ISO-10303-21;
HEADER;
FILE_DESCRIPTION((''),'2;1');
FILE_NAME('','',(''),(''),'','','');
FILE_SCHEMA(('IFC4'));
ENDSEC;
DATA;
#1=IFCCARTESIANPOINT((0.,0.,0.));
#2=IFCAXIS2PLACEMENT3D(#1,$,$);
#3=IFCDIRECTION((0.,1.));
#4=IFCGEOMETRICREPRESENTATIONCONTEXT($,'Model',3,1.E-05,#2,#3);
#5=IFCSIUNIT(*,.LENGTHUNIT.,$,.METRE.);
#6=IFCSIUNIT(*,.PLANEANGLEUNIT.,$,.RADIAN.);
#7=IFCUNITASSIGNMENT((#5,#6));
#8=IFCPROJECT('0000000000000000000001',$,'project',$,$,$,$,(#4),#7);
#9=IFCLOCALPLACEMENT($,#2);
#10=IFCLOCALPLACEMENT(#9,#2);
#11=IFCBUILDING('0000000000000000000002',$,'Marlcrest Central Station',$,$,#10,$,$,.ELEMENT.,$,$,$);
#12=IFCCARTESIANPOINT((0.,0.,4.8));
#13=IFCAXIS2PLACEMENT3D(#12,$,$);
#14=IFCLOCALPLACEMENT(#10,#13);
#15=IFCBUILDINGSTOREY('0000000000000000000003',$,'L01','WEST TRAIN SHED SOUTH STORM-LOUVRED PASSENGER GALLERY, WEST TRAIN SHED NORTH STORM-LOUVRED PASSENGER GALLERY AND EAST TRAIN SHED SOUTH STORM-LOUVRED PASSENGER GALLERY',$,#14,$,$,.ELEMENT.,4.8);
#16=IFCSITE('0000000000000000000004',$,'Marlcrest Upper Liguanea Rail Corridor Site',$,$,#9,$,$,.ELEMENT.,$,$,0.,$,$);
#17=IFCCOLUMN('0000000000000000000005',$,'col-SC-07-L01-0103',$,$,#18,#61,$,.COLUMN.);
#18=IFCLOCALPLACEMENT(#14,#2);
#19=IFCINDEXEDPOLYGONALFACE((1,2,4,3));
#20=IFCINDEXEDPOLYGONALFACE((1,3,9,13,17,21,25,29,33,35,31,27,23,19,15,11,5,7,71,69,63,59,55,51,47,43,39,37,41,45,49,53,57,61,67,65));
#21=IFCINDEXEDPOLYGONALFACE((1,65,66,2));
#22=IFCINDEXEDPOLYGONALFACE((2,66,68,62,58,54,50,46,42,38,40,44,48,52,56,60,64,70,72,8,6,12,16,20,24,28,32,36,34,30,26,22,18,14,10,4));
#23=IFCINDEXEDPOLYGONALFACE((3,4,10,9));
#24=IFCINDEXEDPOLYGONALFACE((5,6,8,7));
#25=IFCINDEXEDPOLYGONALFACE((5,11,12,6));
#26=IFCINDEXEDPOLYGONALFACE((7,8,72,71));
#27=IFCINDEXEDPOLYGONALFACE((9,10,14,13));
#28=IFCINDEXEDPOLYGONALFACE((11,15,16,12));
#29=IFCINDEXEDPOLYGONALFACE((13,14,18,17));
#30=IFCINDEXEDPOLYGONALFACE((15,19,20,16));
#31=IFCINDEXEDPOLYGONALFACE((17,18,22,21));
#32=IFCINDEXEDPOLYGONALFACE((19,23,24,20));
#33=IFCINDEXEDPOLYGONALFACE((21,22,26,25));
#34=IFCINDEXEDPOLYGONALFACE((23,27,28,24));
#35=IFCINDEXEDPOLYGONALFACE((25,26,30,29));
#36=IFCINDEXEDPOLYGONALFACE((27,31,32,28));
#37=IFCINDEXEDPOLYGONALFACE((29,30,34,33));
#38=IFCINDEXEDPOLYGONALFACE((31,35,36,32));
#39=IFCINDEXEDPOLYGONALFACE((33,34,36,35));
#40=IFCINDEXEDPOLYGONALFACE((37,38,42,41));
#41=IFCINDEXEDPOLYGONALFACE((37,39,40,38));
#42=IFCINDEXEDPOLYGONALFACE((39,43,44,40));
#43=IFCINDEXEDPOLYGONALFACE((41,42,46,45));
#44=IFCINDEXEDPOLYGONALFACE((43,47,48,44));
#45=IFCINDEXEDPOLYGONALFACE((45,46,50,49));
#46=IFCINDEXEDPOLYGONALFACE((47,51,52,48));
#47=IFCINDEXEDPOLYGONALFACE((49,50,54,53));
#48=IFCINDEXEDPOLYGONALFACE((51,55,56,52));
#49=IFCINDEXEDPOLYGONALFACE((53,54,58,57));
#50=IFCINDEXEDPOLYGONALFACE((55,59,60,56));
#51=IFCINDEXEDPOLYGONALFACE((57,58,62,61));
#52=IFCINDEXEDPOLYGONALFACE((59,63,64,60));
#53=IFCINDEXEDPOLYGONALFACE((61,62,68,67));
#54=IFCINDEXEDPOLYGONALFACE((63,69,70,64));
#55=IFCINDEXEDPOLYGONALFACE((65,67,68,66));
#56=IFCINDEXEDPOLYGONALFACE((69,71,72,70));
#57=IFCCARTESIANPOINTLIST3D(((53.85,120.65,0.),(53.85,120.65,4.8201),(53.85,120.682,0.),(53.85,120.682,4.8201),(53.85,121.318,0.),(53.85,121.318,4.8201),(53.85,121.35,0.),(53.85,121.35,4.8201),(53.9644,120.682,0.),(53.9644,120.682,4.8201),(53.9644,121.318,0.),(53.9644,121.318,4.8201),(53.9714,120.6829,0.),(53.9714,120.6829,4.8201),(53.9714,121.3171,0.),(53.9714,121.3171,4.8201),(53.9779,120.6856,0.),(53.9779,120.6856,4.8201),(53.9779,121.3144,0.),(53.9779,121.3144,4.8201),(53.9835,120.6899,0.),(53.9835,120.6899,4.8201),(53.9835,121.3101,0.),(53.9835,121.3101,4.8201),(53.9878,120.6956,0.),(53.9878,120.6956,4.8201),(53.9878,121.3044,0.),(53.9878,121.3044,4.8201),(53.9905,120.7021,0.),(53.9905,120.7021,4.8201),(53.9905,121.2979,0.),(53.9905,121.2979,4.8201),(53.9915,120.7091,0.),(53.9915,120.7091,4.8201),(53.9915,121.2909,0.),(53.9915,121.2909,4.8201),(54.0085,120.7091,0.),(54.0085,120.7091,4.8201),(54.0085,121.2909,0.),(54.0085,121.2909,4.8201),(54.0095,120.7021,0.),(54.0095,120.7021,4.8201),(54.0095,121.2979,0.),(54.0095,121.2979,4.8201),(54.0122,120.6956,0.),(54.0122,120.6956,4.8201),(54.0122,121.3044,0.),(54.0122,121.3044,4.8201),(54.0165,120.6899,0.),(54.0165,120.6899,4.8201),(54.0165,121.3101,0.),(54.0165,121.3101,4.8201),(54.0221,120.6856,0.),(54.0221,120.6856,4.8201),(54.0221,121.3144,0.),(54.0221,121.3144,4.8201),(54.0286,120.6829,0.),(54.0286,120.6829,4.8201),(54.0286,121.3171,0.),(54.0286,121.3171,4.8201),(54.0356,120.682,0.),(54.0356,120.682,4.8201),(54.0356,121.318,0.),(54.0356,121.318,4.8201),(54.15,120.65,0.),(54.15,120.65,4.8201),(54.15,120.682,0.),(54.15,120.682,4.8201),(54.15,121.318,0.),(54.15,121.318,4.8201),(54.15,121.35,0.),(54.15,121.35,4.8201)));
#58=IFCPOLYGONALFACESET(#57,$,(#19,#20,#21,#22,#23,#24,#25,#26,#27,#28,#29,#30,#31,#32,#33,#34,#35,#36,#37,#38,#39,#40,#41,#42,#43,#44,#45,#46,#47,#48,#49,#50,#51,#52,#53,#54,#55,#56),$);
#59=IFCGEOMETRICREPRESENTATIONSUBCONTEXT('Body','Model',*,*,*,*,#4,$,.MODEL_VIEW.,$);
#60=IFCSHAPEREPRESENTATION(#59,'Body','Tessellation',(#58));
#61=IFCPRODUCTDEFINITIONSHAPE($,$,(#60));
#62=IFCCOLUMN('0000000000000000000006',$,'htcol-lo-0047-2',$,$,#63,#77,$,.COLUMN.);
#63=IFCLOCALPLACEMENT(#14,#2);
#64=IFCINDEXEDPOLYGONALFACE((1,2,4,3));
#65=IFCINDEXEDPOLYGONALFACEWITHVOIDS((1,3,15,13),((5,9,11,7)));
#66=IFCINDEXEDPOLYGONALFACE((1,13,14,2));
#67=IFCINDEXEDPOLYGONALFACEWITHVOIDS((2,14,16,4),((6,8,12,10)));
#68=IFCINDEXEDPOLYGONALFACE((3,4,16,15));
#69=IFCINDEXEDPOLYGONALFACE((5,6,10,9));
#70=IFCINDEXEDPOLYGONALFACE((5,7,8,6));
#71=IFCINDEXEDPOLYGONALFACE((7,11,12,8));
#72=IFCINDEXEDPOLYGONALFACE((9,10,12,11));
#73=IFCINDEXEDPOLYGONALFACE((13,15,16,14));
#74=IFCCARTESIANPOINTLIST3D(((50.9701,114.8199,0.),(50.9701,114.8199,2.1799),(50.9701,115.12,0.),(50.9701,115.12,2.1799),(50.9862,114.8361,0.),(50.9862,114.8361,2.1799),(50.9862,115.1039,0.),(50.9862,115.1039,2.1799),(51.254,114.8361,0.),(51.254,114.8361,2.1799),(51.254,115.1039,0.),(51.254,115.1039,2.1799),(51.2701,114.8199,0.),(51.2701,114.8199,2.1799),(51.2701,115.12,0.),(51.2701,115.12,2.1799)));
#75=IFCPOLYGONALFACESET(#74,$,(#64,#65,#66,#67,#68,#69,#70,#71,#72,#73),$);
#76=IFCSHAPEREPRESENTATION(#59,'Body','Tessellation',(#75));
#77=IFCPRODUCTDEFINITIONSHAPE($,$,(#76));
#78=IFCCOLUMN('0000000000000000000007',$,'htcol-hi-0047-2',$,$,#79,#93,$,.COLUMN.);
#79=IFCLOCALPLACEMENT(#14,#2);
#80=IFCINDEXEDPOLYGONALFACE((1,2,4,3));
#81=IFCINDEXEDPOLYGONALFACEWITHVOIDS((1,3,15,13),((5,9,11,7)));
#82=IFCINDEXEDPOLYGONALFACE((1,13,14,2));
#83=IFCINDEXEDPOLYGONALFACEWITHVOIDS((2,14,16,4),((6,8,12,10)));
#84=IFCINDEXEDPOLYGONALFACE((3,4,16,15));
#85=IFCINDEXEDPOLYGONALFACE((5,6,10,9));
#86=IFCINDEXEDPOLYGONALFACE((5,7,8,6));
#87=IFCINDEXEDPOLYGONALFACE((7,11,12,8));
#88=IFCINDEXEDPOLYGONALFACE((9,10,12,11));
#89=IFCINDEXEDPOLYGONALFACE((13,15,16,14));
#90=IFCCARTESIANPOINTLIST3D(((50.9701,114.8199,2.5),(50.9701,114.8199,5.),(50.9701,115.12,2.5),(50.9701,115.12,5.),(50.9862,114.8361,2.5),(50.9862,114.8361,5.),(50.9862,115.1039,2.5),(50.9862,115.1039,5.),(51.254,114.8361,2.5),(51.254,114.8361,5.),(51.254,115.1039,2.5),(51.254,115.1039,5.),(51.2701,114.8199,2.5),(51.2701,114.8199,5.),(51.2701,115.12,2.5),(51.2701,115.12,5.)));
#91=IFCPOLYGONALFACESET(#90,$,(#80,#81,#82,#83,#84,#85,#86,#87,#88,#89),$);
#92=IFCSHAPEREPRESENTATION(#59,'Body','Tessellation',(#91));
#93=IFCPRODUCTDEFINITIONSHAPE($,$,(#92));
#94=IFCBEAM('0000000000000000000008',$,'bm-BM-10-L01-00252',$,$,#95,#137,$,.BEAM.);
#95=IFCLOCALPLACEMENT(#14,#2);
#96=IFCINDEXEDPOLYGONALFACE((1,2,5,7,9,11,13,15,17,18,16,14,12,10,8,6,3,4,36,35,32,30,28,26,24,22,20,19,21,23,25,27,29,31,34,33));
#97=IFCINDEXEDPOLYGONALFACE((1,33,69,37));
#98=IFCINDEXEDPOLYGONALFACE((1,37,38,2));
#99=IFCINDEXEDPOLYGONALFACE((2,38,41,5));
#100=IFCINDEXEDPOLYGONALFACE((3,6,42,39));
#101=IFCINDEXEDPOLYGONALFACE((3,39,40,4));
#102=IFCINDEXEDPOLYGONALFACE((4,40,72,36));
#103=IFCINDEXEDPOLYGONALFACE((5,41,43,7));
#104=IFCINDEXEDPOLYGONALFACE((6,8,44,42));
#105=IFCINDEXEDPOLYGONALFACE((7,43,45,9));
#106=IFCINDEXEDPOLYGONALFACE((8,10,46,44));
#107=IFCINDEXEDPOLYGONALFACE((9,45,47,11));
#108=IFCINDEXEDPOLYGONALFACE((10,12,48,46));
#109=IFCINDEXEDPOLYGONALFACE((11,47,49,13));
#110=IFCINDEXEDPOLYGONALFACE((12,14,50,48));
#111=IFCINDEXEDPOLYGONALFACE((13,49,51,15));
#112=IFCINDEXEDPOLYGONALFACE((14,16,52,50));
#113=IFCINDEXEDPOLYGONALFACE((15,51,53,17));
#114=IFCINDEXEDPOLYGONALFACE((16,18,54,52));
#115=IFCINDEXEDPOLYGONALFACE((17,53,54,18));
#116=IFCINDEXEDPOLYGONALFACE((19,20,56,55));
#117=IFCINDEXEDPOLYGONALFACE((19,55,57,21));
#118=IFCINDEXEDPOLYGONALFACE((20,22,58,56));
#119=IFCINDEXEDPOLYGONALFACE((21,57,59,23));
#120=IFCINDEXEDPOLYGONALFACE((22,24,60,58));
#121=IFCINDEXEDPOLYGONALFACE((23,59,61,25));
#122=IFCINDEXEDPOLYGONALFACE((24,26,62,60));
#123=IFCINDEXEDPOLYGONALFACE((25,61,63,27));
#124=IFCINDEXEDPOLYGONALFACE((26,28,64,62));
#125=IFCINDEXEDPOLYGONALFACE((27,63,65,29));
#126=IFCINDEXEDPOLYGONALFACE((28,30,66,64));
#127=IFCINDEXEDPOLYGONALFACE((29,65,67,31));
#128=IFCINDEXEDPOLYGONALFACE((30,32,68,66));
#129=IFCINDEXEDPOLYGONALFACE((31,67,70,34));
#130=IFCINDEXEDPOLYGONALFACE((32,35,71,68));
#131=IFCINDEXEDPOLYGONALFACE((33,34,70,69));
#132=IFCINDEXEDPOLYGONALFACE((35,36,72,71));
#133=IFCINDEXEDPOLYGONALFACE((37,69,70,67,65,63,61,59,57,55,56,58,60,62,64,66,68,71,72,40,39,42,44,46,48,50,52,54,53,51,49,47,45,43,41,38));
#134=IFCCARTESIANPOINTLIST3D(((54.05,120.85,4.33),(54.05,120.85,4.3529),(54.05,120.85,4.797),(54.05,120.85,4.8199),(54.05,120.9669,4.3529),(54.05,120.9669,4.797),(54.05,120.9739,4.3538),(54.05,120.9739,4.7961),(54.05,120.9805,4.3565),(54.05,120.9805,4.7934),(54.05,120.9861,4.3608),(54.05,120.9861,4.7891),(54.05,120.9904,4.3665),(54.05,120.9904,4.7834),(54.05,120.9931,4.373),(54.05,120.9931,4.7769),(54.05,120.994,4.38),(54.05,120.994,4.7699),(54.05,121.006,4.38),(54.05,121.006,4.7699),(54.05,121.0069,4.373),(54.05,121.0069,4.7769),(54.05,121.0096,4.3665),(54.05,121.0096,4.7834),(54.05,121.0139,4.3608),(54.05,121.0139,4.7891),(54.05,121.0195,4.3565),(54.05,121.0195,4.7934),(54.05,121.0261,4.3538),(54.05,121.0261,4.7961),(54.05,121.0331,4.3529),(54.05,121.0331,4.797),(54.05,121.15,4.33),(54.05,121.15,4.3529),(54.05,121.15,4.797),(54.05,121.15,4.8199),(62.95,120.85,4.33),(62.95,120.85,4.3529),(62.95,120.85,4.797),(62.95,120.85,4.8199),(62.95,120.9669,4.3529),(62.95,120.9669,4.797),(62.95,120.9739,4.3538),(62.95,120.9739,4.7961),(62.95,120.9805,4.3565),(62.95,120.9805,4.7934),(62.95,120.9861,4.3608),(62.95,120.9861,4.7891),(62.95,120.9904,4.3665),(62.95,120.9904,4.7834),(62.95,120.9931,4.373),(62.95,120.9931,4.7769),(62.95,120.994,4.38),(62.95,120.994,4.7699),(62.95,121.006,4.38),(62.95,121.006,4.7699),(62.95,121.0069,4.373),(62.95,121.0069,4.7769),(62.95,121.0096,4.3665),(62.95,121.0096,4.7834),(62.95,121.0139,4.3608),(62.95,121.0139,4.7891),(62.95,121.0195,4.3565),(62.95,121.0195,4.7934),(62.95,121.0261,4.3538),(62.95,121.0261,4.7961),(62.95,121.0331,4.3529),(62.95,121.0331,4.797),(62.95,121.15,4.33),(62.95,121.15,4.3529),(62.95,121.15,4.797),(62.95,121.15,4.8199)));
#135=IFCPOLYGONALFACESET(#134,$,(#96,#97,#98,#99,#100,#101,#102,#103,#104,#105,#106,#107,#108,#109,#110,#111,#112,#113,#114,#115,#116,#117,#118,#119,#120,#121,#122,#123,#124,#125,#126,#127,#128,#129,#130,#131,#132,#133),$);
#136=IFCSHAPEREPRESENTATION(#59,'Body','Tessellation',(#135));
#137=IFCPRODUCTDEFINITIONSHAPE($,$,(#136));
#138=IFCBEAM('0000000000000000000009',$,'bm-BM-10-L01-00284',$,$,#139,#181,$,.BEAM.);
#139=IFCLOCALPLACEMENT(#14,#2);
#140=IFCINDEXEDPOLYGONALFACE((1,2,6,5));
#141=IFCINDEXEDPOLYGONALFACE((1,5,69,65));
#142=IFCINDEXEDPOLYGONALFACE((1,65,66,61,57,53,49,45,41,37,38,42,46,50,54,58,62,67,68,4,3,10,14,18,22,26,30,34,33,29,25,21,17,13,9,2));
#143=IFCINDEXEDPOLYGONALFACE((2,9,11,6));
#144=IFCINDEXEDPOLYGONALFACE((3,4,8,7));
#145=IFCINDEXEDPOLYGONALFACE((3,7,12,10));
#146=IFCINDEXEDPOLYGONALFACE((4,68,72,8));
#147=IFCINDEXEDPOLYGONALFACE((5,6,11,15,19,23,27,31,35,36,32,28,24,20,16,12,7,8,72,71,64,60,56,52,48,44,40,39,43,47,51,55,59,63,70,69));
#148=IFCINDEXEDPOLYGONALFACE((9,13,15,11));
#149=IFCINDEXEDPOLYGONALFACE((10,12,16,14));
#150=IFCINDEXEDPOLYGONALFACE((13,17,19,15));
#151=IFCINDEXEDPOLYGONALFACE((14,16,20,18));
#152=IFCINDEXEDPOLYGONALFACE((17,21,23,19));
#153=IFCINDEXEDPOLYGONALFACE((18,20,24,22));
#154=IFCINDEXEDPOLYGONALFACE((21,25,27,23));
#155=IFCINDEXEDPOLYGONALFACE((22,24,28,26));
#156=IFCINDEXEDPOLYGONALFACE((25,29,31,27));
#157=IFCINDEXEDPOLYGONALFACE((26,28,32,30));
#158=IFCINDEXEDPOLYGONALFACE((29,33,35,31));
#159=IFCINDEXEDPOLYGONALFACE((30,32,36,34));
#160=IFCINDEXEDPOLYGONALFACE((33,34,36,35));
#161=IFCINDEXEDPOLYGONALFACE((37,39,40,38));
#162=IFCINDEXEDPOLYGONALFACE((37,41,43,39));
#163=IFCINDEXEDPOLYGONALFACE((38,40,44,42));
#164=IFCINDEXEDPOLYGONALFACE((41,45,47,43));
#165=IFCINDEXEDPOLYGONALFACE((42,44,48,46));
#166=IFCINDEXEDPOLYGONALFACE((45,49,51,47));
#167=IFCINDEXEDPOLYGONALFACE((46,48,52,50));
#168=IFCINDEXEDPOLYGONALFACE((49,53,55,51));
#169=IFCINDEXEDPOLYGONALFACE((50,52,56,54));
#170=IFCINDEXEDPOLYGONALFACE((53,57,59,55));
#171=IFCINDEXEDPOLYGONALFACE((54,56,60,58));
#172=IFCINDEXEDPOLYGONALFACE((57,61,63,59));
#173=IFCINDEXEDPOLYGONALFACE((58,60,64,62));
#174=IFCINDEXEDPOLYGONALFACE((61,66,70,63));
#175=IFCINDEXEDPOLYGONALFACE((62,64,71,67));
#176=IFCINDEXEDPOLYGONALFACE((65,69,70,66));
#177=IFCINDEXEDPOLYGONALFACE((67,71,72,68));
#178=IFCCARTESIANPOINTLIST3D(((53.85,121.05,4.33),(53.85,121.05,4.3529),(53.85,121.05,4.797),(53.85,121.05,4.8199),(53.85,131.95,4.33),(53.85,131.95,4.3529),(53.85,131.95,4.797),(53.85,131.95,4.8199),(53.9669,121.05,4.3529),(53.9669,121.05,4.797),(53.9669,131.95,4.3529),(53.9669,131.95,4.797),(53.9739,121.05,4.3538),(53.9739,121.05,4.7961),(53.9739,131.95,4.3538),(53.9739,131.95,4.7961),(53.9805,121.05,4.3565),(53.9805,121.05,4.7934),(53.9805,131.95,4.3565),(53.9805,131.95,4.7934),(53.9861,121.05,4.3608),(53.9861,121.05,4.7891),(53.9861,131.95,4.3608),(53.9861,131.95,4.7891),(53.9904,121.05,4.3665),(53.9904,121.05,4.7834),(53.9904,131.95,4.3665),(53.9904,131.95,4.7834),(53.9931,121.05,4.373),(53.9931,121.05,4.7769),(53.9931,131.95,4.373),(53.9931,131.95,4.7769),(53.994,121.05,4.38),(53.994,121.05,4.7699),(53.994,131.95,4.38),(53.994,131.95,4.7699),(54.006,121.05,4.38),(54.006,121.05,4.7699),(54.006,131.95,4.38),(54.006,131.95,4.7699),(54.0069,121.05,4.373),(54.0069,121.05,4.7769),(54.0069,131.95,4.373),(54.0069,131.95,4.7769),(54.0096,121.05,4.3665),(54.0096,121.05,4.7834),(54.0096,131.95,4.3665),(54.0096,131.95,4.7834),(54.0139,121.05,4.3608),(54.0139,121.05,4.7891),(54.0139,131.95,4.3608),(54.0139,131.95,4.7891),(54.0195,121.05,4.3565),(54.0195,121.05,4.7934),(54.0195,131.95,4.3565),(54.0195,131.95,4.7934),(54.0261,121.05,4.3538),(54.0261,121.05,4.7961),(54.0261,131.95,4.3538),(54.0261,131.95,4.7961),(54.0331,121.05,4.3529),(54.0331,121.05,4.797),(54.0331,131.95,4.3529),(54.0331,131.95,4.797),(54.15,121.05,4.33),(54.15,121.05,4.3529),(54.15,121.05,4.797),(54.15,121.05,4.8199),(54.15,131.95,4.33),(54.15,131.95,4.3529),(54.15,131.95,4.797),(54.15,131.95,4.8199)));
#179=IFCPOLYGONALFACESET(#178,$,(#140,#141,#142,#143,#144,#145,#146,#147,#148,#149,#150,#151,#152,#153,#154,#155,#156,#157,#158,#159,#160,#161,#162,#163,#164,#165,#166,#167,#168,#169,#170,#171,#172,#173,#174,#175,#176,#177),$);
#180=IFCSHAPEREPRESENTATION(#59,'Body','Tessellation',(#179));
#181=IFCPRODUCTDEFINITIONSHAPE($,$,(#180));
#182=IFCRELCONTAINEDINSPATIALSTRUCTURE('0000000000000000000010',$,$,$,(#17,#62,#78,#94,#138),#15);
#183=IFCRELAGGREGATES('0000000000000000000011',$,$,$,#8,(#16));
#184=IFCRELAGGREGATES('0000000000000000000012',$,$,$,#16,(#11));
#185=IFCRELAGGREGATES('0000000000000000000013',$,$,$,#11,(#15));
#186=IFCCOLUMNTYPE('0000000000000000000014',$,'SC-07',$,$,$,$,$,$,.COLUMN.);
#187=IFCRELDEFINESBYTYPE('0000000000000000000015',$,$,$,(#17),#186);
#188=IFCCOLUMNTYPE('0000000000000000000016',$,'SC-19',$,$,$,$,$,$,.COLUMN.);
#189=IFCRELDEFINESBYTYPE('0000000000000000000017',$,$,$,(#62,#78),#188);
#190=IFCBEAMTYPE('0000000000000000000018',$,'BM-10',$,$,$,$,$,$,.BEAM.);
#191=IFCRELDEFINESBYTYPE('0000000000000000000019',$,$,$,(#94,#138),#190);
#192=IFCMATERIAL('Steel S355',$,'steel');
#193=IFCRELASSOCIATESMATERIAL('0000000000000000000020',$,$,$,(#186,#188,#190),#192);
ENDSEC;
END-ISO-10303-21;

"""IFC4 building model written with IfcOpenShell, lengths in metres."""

from ifc_helpers import new_model, si_unit, direction, frame, origin, origin_2d, place, context, subcontext, project, spatial, hollow_rectangle, i_section, extrude, material, material_profile, profile_set, type_object, element, save


model = new_model("IFC4")

# Units and contexts
model_context = context("Model", 3, precision=1e-05, world=origin(), true_north=direction((0.0, 1.0)))
body_context = subcontext(model_context, "Body", "Model", "MODEL_VIEW")
ifc_project = project(units=[si_unit("LENGTHUNIT", "METRE"), si_unit("PLANEANGLEUNIT", "RADIAN")], contexts=[model_context])

# Site, building, storey
site_placement = place(None, origin())
site = spatial("IfcSite", under=ifc_project, at=site_placement, Name="Marlcrest Upper Liguanea Rail Corridor Site", CompositionType="ELEMENT", RefElevation=0.0)
building_placement = place(site_placement, origin())
building = spatial("IfcBuilding", under=site, at=building_placement, Name="Marlcrest Central Station", CompositionType="ELEMENT")
storey_placement = place(building_placement, frame((0.0, 0.0, 4.8)))
storey = spatial("IfcBuildingStorey", under=building, at=storey_placement, Name="L01", Description="WEST TRAIN SHED SOUTH STORM-LOUVRED PASSENGER GALLERY, WEST TRAIN SHED NORTH STORM-LOUVRED PASSENGER GALLERY AND EAST TRAIN SHED SOUTH STORM-LOUVRED PASSENGER GALLERY", CompositionType="ELEMENT", Elevation=4.8)

# Columns
ifc_material_1 = material(Name="Steel S355", Category="steel")
ifc_material_profile_1 = material_profile(ifc_material_1, i_section(OverallWidth=0.3, OverallDepth=0.7, WebThickness=0.0171, FlangeThickness=0.032, FilletRadius=0.0271, at=origin_2d()), Name="HEB 700")
ifc_profile_set_1 = profile_set([ifc_material_profile_1], Name="Steel S355")
column_type_1 = type_object("IfcColumnType", Name="SC-07", PredefinedType="COLUMN", material=ifc_profile_set_1)
column_1_placement = place(storey_placement, frame((54.0, 121.0, 0.0), z_axis=(0.0, 0.0, 1.0), x_axis=(1.0, 0.0, 0.0)))
element("IfcColumn", 1, at=column_1_placement, inside=storey, type_object=column_type_1, Name="col-SC-07-L01-0103", PredefinedType="COLUMN", context=body_context, shape_type="SweptSolid", body=[
    extrude(i_section(OverallWidth=0.3, OverallDepth=0.7, WebThickness=0.0171, FlangeThickness=0.032, FilletRadius=0.0271, at=origin_2d()), origin(), (0.0, 0.0, 1.0), 4.8201),
])
ifc_material_profile_2 = material_profile(ifc_material_1, hollow_rectangle(XDim=0.3, YDim=0.3, WallThickness=0.0161, at=origin_2d()), Name="SHS 300x300x16")
ifc_profile_set_2 = profile_set([ifc_material_profile_2], Name="Steel S355")
column_type_2 = type_object("IfcColumnType", Name="SC-19", PredefinedType="COLUMN", material=ifc_profile_set_2)
column_2_placement = place(storey_placement, frame((51.1201, 114.97, 0.0), z_axis=(0.0, 0.0, 1.0), x_axis=(1.0, 0.0, 0.0)))
element("IfcColumn", 2, at=column_2_placement, inside=storey, type_object=column_type_2, Name="htcol-lo-0047-2", PredefinedType="COLUMN", context=body_context, shape_type="SweptSolid", body=[
    extrude(hollow_rectangle(XDim=0.3, YDim=0.3, WallThickness=0.0161, at=origin_2d()), origin(), (0.0, 0.0, 1.0), 2.1799),
])
column_3_placement = place(storey_placement, frame((51.1201, 114.97, 2.5), z_axis=(0.0, 0.0, 1.0), x_axis=(1.0, 0.0, 0.0)))
element("IfcColumn", 3, at=column_3_placement, inside=storey, type_object=column_type_2, Name="htcol-hi-0047-2", PredefinedType="COLUMN", context=body_context, shape_type="SweptSolid", body=[
    extrude(hollow_rectangle(XDim=0.3, YDim=0.3, WallThickness=0.0161, at=origin_2d()), origin(), (0.0, 0.0, 1.0), 2.5),
])

# Beams
ifc_material_profile_3 = material_profile(ifc_material_1, i_section(OverallWidth=0.3, OverallDepth=0.49, WebThickness=0.012, FlangeThickness=0.0229, FilletRadius=0.0271, at=origin_2d()), Name="HEA 500")
ifc_profile_set_3 = profile_set([ifc_material_profile_3], Name="Steel S355")
beam_type_1 = type_object("IfcBeamType", Name="BM-10", PredefinedType="BEAM", material=ifc_profile_set_3)
beam_1_placement = place(storey_placement, frame((54.05, 121.0, 4.575), z_axis=(1.0, 0.0, 0.0), x_axis=(0.0, 1.0, 0.0)))
element("IfcBeam", 4, at=beam_1_placement, inside=storey, type_object=beam_type_1, Name="bm-BM-10-L01-00252", PredefinedType="BEAM", context=body_context, shape_type="SweptSolid", body=[
    extrude(i_section(OverallWidth=0.3, OverallDepth=0.49, WebThickness=0.012, FlangeThickness=0.0229, FilletRadius=0.0271, at=origin_2d()), origin(), (0.0, 0.0, 1.0), 8.8999),
])
beam_2_placement = place(storey_placement, frame((54.0, 121.05, 4.575), z_axis=(0.0, 1.0, 0.0), x_axis=(-1.0, 0.0, 0.0)))
element("IfcBeam", 5, at=beam_2_placement, inside=storey, type_object=beam_type_1, Name="bm-BM-10-L01-00284", PredefinedType="BEAM", context=body_context, shape_type="SweptSolid", body=[
    extrude(i_section(OverallWidth=0.3, OverallDepth=0.49, WebThickness=0.012, FlangeThickness=0.0229, FilletRadius=0.0271, at=origin_2d()), origin(), (0.0, 0.0, 1.0), 10.8999),
])

save(model, "model.ifc")
